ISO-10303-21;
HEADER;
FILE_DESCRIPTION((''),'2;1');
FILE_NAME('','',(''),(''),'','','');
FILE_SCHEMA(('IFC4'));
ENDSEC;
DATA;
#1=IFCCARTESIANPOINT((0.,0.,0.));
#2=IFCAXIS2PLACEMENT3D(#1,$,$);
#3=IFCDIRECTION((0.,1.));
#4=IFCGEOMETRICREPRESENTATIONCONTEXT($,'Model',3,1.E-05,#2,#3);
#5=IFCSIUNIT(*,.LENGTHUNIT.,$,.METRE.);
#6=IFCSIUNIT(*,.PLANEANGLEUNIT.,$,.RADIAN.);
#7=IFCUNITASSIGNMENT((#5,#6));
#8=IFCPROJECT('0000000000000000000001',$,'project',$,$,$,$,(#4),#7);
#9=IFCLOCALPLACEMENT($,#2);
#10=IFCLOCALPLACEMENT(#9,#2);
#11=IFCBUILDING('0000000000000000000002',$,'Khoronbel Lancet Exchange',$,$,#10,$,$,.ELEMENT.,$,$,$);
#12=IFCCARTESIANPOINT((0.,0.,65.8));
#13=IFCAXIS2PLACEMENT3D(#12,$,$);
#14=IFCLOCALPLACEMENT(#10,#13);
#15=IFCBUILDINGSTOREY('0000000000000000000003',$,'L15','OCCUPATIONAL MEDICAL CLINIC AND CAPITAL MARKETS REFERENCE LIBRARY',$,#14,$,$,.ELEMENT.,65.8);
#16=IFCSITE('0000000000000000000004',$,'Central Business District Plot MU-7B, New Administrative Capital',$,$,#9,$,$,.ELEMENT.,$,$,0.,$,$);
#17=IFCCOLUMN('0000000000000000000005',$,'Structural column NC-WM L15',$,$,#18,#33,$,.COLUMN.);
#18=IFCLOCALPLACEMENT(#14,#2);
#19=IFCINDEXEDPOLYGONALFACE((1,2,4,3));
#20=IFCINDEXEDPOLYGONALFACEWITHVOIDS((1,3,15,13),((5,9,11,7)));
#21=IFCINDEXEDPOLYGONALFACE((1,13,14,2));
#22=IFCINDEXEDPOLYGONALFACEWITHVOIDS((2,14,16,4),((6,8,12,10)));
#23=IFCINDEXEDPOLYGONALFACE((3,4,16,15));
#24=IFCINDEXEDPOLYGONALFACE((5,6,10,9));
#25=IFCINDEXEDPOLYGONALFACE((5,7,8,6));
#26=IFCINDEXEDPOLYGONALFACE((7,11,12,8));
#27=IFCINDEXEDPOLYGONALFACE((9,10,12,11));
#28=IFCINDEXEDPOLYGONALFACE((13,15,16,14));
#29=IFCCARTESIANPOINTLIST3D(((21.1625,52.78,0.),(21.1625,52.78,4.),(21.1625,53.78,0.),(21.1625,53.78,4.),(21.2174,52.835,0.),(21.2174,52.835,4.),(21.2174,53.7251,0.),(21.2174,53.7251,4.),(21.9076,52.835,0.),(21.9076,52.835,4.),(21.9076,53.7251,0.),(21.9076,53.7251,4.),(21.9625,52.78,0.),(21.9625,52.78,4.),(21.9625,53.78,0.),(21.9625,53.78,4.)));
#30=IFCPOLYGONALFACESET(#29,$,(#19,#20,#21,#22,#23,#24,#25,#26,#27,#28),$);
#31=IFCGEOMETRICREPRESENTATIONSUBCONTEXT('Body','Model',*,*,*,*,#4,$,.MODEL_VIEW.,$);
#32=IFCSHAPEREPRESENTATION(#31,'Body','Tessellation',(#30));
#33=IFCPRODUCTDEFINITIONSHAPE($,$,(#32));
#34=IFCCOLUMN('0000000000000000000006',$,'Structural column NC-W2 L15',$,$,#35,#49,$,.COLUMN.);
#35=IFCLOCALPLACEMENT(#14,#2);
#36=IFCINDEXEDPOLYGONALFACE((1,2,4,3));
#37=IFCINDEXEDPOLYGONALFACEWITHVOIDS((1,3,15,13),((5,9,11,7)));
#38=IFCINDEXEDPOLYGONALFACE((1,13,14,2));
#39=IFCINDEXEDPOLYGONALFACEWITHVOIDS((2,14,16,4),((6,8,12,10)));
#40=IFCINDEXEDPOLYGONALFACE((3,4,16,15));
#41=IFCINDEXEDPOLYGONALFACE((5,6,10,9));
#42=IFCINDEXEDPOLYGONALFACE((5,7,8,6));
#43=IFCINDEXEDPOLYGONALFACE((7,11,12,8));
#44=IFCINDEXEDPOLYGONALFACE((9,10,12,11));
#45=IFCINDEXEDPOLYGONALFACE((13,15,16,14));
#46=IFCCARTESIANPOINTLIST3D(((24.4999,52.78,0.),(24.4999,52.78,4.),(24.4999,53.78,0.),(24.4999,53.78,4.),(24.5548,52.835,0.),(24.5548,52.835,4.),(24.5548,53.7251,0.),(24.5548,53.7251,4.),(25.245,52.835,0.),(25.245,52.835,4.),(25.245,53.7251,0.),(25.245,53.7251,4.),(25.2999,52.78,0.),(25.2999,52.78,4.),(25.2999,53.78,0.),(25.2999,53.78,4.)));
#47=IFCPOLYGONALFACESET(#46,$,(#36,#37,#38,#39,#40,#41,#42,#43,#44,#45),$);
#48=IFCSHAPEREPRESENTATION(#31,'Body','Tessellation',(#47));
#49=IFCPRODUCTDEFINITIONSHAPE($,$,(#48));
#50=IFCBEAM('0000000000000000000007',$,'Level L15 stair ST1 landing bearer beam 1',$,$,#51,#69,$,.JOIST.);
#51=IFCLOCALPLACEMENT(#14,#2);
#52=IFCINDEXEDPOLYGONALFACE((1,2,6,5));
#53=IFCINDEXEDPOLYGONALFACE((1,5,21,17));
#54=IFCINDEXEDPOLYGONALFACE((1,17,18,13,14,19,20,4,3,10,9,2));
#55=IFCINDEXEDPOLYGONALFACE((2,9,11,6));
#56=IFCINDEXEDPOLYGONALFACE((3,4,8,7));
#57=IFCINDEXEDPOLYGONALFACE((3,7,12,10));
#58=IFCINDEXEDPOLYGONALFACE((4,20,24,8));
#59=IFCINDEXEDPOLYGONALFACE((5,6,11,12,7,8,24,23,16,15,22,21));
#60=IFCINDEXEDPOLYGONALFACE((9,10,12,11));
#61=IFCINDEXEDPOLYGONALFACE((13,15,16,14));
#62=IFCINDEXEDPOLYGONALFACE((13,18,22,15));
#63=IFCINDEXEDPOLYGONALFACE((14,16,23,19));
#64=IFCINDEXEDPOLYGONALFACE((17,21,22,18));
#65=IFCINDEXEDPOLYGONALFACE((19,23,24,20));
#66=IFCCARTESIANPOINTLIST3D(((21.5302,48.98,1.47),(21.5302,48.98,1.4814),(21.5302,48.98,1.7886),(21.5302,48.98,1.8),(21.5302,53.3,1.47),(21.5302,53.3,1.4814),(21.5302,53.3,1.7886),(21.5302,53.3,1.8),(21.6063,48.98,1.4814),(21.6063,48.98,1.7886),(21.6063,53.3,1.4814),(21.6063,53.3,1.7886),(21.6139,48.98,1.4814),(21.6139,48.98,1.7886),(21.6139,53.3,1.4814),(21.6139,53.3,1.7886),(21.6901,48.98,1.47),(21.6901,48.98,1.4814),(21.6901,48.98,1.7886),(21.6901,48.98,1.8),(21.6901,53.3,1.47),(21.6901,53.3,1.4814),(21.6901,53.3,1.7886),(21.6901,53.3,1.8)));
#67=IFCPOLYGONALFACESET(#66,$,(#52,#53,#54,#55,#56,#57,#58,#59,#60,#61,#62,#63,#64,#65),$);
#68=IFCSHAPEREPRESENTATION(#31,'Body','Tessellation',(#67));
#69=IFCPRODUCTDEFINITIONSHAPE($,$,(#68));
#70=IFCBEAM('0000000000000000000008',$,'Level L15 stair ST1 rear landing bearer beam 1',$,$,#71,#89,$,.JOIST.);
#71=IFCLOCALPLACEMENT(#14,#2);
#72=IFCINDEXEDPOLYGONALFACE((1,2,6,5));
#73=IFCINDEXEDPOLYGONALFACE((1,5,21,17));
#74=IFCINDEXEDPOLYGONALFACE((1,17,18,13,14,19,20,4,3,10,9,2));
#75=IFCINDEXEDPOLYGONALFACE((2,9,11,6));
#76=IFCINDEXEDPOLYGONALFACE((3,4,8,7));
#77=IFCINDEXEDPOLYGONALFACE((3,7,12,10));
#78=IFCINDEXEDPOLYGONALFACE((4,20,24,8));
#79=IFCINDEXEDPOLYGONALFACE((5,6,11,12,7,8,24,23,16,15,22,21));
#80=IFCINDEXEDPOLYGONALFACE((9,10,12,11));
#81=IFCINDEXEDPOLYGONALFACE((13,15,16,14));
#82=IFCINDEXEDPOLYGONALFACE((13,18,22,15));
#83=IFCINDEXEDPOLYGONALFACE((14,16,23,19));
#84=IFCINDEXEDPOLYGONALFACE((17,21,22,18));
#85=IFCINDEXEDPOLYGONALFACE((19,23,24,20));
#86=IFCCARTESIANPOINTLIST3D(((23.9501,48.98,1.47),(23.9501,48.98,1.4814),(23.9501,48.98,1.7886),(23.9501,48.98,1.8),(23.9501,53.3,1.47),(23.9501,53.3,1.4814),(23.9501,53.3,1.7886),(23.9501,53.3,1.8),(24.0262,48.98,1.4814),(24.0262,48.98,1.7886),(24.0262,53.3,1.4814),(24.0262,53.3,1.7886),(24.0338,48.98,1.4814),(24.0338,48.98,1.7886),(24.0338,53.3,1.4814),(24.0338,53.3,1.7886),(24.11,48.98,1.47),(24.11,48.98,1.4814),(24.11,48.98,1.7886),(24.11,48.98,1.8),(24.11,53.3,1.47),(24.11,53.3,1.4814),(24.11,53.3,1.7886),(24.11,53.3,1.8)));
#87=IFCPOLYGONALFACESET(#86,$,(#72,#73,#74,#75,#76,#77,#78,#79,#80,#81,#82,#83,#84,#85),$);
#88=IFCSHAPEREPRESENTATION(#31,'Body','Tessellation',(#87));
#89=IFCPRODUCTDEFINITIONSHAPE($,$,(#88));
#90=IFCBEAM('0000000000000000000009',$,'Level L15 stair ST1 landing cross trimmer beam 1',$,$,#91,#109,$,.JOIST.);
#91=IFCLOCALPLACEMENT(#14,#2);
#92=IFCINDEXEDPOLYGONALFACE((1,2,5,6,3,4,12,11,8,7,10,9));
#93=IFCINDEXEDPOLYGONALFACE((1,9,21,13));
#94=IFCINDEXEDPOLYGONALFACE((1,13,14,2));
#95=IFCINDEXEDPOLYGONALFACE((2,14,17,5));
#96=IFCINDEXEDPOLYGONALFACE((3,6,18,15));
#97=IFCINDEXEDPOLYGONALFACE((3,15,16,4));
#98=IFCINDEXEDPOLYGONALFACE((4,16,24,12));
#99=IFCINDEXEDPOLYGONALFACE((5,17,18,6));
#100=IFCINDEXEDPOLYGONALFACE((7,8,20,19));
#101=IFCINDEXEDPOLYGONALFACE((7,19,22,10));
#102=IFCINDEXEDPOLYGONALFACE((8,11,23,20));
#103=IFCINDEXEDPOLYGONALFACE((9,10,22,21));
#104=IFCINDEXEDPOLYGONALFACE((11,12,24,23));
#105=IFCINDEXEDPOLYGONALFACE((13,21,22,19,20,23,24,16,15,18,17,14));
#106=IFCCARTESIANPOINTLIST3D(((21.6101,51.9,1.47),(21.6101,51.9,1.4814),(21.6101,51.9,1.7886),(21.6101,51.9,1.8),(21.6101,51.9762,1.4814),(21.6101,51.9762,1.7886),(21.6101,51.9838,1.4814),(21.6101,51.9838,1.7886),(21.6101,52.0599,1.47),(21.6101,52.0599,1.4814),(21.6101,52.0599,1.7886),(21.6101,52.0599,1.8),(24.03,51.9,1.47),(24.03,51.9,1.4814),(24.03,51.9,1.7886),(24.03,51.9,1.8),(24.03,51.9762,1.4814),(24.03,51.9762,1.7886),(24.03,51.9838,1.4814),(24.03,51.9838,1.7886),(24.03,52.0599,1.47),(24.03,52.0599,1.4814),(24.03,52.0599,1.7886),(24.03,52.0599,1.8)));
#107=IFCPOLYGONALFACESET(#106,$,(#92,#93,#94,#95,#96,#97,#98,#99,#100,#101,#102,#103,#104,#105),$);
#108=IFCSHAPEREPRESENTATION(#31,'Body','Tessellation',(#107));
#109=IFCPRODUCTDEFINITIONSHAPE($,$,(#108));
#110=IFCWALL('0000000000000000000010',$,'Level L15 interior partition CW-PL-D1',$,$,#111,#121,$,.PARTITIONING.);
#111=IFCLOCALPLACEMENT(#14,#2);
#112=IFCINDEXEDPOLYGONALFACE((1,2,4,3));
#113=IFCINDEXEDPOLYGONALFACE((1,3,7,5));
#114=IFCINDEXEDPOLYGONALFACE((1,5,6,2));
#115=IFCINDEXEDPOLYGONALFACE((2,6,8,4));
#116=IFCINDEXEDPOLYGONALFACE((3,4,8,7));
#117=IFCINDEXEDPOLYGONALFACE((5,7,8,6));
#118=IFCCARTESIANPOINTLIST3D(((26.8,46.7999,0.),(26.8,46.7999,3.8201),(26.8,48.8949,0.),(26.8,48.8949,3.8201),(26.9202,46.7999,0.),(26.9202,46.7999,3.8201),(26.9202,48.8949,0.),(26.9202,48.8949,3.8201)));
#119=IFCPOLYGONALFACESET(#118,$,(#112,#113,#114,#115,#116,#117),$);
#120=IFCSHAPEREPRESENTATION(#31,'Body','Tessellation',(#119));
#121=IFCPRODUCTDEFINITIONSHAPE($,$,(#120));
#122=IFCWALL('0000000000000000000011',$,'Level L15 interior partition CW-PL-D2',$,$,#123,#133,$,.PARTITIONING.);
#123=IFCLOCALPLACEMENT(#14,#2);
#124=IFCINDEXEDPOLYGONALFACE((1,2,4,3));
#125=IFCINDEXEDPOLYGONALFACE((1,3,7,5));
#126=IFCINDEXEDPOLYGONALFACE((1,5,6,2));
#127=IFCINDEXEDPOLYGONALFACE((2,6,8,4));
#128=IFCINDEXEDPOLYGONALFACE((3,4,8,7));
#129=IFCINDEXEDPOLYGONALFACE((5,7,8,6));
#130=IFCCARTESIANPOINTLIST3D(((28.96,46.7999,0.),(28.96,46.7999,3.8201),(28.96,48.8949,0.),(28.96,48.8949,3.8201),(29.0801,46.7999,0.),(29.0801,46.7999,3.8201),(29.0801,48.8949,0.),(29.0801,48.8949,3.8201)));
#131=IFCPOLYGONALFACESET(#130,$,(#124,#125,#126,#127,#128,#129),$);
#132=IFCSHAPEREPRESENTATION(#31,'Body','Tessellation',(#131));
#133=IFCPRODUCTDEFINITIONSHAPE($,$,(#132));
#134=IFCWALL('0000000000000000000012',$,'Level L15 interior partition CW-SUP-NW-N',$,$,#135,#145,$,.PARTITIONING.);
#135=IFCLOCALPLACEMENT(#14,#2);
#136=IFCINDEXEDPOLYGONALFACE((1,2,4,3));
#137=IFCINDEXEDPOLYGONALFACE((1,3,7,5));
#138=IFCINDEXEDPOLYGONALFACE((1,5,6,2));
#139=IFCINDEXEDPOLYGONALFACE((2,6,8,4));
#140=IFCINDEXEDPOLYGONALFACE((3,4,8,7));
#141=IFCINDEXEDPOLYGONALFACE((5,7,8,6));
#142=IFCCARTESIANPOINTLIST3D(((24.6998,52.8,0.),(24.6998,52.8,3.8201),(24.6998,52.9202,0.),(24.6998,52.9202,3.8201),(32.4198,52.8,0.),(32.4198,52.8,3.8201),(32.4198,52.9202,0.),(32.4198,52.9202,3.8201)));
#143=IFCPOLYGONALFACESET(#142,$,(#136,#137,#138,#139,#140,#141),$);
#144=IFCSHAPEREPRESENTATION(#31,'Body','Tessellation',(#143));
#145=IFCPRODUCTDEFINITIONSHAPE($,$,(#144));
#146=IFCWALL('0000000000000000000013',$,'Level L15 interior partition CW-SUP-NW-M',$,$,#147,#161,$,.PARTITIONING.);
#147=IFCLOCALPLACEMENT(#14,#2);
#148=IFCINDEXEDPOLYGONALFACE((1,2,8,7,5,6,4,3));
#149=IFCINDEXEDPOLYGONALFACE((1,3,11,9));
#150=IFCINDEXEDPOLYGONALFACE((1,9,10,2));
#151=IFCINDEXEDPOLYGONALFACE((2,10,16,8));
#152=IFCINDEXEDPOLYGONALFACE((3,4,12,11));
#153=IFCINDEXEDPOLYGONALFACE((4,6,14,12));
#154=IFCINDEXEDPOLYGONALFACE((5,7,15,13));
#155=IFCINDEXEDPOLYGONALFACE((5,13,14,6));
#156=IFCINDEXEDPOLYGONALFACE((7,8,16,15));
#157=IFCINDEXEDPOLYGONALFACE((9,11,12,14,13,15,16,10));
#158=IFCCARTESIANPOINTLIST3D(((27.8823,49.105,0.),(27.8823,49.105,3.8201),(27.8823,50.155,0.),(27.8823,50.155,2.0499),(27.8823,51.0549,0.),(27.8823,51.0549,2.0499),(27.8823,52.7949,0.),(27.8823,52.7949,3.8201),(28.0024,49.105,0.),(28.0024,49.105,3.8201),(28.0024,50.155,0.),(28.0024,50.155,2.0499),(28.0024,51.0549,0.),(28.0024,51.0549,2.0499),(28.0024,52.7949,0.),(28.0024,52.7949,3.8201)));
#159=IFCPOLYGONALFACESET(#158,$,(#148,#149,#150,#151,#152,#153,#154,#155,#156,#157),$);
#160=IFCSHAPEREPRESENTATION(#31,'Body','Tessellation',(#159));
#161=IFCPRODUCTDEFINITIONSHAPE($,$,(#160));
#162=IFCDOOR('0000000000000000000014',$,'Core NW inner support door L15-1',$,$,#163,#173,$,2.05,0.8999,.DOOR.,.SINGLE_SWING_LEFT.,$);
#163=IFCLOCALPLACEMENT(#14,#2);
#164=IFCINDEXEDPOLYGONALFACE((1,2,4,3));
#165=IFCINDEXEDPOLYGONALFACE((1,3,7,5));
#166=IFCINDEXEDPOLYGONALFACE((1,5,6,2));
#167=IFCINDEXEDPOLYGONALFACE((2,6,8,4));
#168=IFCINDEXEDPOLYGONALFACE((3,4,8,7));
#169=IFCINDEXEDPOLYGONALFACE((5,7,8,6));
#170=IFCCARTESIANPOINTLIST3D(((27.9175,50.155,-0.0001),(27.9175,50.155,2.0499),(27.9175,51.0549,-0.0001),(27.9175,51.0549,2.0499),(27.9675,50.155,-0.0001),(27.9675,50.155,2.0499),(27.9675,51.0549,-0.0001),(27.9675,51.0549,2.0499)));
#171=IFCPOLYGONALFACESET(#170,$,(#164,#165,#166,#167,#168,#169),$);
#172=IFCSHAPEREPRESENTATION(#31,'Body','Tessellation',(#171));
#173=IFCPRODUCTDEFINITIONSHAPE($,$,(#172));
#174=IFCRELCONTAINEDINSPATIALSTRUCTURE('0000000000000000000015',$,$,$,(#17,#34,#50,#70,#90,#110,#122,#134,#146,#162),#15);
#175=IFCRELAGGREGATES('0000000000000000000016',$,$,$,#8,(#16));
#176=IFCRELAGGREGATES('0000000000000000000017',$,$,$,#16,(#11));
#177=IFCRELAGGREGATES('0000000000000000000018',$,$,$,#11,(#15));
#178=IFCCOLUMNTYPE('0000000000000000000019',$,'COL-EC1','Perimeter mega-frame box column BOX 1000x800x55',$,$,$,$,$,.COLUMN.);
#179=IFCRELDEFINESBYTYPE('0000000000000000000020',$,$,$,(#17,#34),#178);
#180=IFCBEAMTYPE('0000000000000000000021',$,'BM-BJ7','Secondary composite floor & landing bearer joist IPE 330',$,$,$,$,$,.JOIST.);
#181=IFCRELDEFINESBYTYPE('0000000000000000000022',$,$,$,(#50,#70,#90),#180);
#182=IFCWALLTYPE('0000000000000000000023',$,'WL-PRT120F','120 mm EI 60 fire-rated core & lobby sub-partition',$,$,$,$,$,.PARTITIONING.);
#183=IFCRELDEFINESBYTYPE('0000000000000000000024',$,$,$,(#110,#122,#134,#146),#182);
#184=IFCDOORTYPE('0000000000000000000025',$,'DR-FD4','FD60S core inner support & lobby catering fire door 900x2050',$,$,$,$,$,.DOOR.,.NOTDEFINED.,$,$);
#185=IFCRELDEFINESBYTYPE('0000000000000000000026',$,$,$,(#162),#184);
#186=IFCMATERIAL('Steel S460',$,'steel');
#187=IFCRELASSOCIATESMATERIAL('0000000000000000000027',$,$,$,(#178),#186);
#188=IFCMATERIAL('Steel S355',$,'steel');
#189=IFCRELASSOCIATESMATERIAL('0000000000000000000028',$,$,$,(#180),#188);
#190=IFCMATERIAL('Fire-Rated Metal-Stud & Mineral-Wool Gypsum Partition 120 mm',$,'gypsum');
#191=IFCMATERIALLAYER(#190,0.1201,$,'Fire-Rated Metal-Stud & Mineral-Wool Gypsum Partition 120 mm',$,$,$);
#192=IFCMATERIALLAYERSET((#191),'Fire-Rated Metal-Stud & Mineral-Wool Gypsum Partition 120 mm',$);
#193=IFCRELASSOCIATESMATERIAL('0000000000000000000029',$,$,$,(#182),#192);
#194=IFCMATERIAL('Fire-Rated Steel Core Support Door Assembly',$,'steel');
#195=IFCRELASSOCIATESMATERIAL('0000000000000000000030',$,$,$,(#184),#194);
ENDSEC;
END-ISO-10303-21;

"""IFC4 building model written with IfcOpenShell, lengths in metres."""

from ifc_helpers import new_model, si_unit, direction, frame, frame_2d, origin, origin_2d, place, context, subcontext, project, spatial, rectangle, hollow_rectangle, i_section, extrude, material, layer, layer_set, material_profile, profile_set, type_object, element, fill, save


model = new_model("IFC4")

# Units and contexts
model_context = context("Model", 3, precision=1e-05, world=origin(), true_north=direction((0.0, 1.0)))
body_context = subcontext(model_context, "Body", "Model", "MODEL_VIEW")
ifc_project = project(units=[si_unit("LENGTHUNIT", "METRE"), si_unit("PLANEANGLEUNIT", "RADIAN")], contexts=[model_context])

# Site, building, storey
site_placement = place(None, origin())
site = spatial("IfcSite", under=ifc_project, at=site_placement, Name="Central Business District Plot MU-7B, New Administrative Capital", CompositionType="ELEMENT", RefElevation=0.0)
building_placement = place(site_placement, origin())
building = spatial("IfcBuilding", under=site, at=building_placement, Name="Khoronbel Lancet Exchange", CompositionType="ELEMENT")
storey_placement = place(building_placement, frame((0.0, 0.0, 65.8)))
storey = spatial("IfcBuildingStorey", under=building, at=storey_placement, Name="L15", Description="OCCUPATIONAL MEDICAL CLINIC AND CAPITAL MARKETS REFERENCE LIBRARY", CompositionType="ELEMENT", Elevation=65.8)

# Columns
ifc_material_1 = material(Name="Steel S460", Category="steel")
ifc_material_profile_1 = material_profile(ifc_material_1, hollow_rectangle(XDim=0.8, YDim=1.0, WallThickness=0.0549, at=origin_2d()), Name="BOX 1000x800x55")
ifc_profile_set_1 = profile_set([ifc_material_profile_1], Name="Steel S460")
column_type = type_object("IfcColumnType", Name="COL-EC1", Description="Perimeter mega-frame box column BOX 1000x800x55", PredefinedType="COLUMN", material=ifc_profile_set_1)
for number, where, z_axis, x_axis, name in (
    (1, (21.5625, 53.28, 0.0), (0.0, 0.0, 1.0), (1.0, 0.0, 0.0), "Structural column NC-WM L15"),
    (2, (24.8999, 53.28, 0.0), (0.0, 0.0, 1.0), (1.0, 0.0, 0.0), "Structural column NC-W2 L15"),
):
    element("IfcColumn", number, at=place(storey_placement, frame(where, z_axis=z_axis, x_axis=x_axis)), inside=storey, type_object=column_type, Name=name, PredefinedType="COLUMN", context=body_context, shape_type="SweptSolid", body=[
        extrude(hollow_rectangle(XDim=0.8, YDim=1.0, WallThickness=0.0549, at=origin_2d()), origin(), (0.0, 0.0, 1.0), 4.0),
    ])

# Beams
ifc_material_2 = material(Name="Steel S355", Category="steel")
ifc_material_profile_2 = material_profile(ifc_material_2, i_section(OverallWidth=0.1599, OverallDepth=0.3301, WebThickness=0.0076, FlangeThickness=0.0115, at=origin_2d()), Name="IPE 330")
ifc_profile_set_2 = profile_set([ifc_material_profile_2], Name="Steel S355")
beam_type = type_object("IfcBeamType", Name="BM-BJ7", Description="Secondary composite floor & landing bearer joist IPE 330", PredefinedType="JOIST", material=ifc_profile_set_2)
for number, where, z_axis, x_axis, name in (
    (3, (21.6101, 48.98, 1.635), (0.0, 1.0, 0.0), (-1.0, 0.0, 0.0), "Level L15 stair ST1 landing bearer beam 1"),
    (4, (24.03, 48.98, 1.635), (0.0, 1.0, 0.0), (-1.0, 0.0, 0.0), "Level L15 stair ST1 rear landing bearer beam 1"),
):
    element("IfcBeam", number, at=place(storey_placement, frame(where, z_axis=z_axis, x_axis=x_axis)), inside=storey, type_object=beam_type, Name=name, PredefinedType="JOIST", context=body_context, shape_type="SweptSolid", body=[
        extrude(i_section(OverallWidth=0.1599, OverallDepth=0.3301, WebThickness=0.0076, FlangeThickness=0.0115, at=origin_2d()), origin(), (0.0, 0.0, 1.0), 4.3201),
    ])
beam_placement = place(storey_placement, frame((21.6101, 51.98, 1.635), z_axis=(1.0, 0.0, 0.0), x_axis=(0.0, 1.0, 0.0)))
element("IfcBeam", 5, at=beam_placement, inside=storey, type_object=beam_type, Name="Level L15 stair ST1 landing cross trimmer beam 1", PredefinedType="JOIST", context=body_context, shape_type="SweptSolid", body=[
    extrude(i_section(OverallWidth=0.1599, OverallDepth=0.3301, WebThickness=0.0076, FlangeThickness=0.0115, at=origin_2d()), origin(), (0.0, 0.0, 1.0), 2.4199),
])

# Walls
ifc_material_3 = material(Name="Fire-Rated Metal-Stud & Mineral-Wool Gypsum Partition 120 mm", Category="gypsum")
ifc_layer_1 = layer(ifc_material_3, 0.1201, Name="Fire-Rated Metal-Stud & Mineral-Wool Gypsum Partition 120 mm")
ifc_layer_set_1 = layer_set([ifc_layer_1], Name="Fire-Rated Metal-Stud & Mineral-Wool Gypsum Partition 120 mm")
wall_type_1 = type_object("IfcWallType", Name="WL-PRT120F", Description="120 mm EI 60 fire-rated core & lobby sub-partition", PredefinedType="PARTITIONING", material=ifc_layer_set_1)
for number, where, z_axis, x_axis, name in (
    (6, (26.8601, 46.8, 0.0), (0.0, 0.0, 1.0), (0.0, 1.0, 0.0), "Level L15 interior partition CW-PL-D1"),
    (7, (29.02, 46.8, 0.0), (0.0, 0.0, 1.0), (0.0, 1.0, 0.0), "Level L15 interior partition CW-PL-D2"),
):
    element("IfcWall", number, at=place(storey_placement, frame(where, z_axis=z_axis, x_axis=x_axis)), inside=storey, type_object=wall_type_1, Name=name, PredefinedType="PARTITIONING", context=body_context, shape_type="SweptSolid", body=[
        extrude(rectangle(XDim=2.095, YDim=0.1201, at=frame_2d((1.0474, 0.0))), origin(), (0.0, 0.0, 1.0), 3.8201),
    ])
wall_1_placement = place(storey_placement, frame((24.7, 52.8601, 0.0), z_axis=(0.0, 0.0, 1.0), x_axis=(1.0, 0.0, 0.0)))
element("IfcWall", 8, at=wall_1_placement, inside=storey, type_object=wall_type_1, Name="Level L15 interior partition CW-SUP-NW-N", PredefinedType="PARTITIONING", context=body_context, shape_type="SweptSolid", body=[
    extrude(rectangle(XDim=7.72, YDim=0.1201, at=frame_2d((3.8599, 0.0))), origin(), (0.0, 0.0, 1.0), 3.8201),
])

# Wall, opening, door
wall_2_placement = place(storey_placement, frame((27.9424, 49.105, 0.0), z_axis=(0.0, 0.0, 1.0), x_axis=(0.0, 1.0, 0.0)))
wall_2 = element("IfcWall", 9, at=wall_2_placement, inside=storey, type_object=wall_type_1, Name="Level L15 interior partition CW-SUP-NW-M", PredefinedType="PARTITIONING", context=body_context, shape_type="SweptSolid", body=[
    extrude(rectangle(XDim=3.6899, YDim=0.1201, at=frame_2d((1.845, 0.0))), origin(), (0.0, 0.0, 1.0), 3.8201),
])
opening_1_placement = place(wall_2_placement, frame((1.05, 0.0, 0.0)))
opening_1 = element("IfcOpeningElement", 10, at=opening_1_placement, cuts=wall_2, PredefinedType="OPENING", context=body_context, shape_type="SweptSolid", body=[
    extrude(rectangle(XDim=0.8999, YDim=2.05, at=frame_2d((0.45, 1.0249))), frame((0.0, 0.0701, 0.0), z_axis=(0.0, -1.0, 0.0), x_axis=(1.0, 0.0, 0.0)), (0.0, 0.0, 1.0), 0.1401),
])
ifc_material_4 = material(Name="Fire-Rated Steel Core Support Door Assembly", Category="steel")
door_type_1 = type_object("IfcDoorType", Name="DR-FD4", Description="FD60S core inner support & lobby catering fire door 900x2050", OperationType="NOTDEFINED", PredefinedType="DOOR", material=ifc_material_4)
door_1_placement = place(opening_1_placement, origin())
door_1 = element("IfcDoor", 11, at=door_1_placement, inside=storey, type_object=door_type_1, Name="Core NW inner support door L15-1", OperationType="SINGLE_SWING_LEFT", OverallHeight=2.05, OverallWidth=0.8999, PredefinedType="DOOR", context=body_context, shape_type="SweptSolid", body=[
    extrude(rectangle(XDim=0.8999, YDim=2.05, at=frame_2d((0.45, 1.0249))), frame((0.0, 0.0249, 0.0), z_axis=(0.0, -1.0, 0.0), x_axis=(1.0, 0.0, 0.0)), (0.0, 0.0, 1.0), 0.05),
])
fill(opening_1, door_1)

save(model, "model.ifc")
